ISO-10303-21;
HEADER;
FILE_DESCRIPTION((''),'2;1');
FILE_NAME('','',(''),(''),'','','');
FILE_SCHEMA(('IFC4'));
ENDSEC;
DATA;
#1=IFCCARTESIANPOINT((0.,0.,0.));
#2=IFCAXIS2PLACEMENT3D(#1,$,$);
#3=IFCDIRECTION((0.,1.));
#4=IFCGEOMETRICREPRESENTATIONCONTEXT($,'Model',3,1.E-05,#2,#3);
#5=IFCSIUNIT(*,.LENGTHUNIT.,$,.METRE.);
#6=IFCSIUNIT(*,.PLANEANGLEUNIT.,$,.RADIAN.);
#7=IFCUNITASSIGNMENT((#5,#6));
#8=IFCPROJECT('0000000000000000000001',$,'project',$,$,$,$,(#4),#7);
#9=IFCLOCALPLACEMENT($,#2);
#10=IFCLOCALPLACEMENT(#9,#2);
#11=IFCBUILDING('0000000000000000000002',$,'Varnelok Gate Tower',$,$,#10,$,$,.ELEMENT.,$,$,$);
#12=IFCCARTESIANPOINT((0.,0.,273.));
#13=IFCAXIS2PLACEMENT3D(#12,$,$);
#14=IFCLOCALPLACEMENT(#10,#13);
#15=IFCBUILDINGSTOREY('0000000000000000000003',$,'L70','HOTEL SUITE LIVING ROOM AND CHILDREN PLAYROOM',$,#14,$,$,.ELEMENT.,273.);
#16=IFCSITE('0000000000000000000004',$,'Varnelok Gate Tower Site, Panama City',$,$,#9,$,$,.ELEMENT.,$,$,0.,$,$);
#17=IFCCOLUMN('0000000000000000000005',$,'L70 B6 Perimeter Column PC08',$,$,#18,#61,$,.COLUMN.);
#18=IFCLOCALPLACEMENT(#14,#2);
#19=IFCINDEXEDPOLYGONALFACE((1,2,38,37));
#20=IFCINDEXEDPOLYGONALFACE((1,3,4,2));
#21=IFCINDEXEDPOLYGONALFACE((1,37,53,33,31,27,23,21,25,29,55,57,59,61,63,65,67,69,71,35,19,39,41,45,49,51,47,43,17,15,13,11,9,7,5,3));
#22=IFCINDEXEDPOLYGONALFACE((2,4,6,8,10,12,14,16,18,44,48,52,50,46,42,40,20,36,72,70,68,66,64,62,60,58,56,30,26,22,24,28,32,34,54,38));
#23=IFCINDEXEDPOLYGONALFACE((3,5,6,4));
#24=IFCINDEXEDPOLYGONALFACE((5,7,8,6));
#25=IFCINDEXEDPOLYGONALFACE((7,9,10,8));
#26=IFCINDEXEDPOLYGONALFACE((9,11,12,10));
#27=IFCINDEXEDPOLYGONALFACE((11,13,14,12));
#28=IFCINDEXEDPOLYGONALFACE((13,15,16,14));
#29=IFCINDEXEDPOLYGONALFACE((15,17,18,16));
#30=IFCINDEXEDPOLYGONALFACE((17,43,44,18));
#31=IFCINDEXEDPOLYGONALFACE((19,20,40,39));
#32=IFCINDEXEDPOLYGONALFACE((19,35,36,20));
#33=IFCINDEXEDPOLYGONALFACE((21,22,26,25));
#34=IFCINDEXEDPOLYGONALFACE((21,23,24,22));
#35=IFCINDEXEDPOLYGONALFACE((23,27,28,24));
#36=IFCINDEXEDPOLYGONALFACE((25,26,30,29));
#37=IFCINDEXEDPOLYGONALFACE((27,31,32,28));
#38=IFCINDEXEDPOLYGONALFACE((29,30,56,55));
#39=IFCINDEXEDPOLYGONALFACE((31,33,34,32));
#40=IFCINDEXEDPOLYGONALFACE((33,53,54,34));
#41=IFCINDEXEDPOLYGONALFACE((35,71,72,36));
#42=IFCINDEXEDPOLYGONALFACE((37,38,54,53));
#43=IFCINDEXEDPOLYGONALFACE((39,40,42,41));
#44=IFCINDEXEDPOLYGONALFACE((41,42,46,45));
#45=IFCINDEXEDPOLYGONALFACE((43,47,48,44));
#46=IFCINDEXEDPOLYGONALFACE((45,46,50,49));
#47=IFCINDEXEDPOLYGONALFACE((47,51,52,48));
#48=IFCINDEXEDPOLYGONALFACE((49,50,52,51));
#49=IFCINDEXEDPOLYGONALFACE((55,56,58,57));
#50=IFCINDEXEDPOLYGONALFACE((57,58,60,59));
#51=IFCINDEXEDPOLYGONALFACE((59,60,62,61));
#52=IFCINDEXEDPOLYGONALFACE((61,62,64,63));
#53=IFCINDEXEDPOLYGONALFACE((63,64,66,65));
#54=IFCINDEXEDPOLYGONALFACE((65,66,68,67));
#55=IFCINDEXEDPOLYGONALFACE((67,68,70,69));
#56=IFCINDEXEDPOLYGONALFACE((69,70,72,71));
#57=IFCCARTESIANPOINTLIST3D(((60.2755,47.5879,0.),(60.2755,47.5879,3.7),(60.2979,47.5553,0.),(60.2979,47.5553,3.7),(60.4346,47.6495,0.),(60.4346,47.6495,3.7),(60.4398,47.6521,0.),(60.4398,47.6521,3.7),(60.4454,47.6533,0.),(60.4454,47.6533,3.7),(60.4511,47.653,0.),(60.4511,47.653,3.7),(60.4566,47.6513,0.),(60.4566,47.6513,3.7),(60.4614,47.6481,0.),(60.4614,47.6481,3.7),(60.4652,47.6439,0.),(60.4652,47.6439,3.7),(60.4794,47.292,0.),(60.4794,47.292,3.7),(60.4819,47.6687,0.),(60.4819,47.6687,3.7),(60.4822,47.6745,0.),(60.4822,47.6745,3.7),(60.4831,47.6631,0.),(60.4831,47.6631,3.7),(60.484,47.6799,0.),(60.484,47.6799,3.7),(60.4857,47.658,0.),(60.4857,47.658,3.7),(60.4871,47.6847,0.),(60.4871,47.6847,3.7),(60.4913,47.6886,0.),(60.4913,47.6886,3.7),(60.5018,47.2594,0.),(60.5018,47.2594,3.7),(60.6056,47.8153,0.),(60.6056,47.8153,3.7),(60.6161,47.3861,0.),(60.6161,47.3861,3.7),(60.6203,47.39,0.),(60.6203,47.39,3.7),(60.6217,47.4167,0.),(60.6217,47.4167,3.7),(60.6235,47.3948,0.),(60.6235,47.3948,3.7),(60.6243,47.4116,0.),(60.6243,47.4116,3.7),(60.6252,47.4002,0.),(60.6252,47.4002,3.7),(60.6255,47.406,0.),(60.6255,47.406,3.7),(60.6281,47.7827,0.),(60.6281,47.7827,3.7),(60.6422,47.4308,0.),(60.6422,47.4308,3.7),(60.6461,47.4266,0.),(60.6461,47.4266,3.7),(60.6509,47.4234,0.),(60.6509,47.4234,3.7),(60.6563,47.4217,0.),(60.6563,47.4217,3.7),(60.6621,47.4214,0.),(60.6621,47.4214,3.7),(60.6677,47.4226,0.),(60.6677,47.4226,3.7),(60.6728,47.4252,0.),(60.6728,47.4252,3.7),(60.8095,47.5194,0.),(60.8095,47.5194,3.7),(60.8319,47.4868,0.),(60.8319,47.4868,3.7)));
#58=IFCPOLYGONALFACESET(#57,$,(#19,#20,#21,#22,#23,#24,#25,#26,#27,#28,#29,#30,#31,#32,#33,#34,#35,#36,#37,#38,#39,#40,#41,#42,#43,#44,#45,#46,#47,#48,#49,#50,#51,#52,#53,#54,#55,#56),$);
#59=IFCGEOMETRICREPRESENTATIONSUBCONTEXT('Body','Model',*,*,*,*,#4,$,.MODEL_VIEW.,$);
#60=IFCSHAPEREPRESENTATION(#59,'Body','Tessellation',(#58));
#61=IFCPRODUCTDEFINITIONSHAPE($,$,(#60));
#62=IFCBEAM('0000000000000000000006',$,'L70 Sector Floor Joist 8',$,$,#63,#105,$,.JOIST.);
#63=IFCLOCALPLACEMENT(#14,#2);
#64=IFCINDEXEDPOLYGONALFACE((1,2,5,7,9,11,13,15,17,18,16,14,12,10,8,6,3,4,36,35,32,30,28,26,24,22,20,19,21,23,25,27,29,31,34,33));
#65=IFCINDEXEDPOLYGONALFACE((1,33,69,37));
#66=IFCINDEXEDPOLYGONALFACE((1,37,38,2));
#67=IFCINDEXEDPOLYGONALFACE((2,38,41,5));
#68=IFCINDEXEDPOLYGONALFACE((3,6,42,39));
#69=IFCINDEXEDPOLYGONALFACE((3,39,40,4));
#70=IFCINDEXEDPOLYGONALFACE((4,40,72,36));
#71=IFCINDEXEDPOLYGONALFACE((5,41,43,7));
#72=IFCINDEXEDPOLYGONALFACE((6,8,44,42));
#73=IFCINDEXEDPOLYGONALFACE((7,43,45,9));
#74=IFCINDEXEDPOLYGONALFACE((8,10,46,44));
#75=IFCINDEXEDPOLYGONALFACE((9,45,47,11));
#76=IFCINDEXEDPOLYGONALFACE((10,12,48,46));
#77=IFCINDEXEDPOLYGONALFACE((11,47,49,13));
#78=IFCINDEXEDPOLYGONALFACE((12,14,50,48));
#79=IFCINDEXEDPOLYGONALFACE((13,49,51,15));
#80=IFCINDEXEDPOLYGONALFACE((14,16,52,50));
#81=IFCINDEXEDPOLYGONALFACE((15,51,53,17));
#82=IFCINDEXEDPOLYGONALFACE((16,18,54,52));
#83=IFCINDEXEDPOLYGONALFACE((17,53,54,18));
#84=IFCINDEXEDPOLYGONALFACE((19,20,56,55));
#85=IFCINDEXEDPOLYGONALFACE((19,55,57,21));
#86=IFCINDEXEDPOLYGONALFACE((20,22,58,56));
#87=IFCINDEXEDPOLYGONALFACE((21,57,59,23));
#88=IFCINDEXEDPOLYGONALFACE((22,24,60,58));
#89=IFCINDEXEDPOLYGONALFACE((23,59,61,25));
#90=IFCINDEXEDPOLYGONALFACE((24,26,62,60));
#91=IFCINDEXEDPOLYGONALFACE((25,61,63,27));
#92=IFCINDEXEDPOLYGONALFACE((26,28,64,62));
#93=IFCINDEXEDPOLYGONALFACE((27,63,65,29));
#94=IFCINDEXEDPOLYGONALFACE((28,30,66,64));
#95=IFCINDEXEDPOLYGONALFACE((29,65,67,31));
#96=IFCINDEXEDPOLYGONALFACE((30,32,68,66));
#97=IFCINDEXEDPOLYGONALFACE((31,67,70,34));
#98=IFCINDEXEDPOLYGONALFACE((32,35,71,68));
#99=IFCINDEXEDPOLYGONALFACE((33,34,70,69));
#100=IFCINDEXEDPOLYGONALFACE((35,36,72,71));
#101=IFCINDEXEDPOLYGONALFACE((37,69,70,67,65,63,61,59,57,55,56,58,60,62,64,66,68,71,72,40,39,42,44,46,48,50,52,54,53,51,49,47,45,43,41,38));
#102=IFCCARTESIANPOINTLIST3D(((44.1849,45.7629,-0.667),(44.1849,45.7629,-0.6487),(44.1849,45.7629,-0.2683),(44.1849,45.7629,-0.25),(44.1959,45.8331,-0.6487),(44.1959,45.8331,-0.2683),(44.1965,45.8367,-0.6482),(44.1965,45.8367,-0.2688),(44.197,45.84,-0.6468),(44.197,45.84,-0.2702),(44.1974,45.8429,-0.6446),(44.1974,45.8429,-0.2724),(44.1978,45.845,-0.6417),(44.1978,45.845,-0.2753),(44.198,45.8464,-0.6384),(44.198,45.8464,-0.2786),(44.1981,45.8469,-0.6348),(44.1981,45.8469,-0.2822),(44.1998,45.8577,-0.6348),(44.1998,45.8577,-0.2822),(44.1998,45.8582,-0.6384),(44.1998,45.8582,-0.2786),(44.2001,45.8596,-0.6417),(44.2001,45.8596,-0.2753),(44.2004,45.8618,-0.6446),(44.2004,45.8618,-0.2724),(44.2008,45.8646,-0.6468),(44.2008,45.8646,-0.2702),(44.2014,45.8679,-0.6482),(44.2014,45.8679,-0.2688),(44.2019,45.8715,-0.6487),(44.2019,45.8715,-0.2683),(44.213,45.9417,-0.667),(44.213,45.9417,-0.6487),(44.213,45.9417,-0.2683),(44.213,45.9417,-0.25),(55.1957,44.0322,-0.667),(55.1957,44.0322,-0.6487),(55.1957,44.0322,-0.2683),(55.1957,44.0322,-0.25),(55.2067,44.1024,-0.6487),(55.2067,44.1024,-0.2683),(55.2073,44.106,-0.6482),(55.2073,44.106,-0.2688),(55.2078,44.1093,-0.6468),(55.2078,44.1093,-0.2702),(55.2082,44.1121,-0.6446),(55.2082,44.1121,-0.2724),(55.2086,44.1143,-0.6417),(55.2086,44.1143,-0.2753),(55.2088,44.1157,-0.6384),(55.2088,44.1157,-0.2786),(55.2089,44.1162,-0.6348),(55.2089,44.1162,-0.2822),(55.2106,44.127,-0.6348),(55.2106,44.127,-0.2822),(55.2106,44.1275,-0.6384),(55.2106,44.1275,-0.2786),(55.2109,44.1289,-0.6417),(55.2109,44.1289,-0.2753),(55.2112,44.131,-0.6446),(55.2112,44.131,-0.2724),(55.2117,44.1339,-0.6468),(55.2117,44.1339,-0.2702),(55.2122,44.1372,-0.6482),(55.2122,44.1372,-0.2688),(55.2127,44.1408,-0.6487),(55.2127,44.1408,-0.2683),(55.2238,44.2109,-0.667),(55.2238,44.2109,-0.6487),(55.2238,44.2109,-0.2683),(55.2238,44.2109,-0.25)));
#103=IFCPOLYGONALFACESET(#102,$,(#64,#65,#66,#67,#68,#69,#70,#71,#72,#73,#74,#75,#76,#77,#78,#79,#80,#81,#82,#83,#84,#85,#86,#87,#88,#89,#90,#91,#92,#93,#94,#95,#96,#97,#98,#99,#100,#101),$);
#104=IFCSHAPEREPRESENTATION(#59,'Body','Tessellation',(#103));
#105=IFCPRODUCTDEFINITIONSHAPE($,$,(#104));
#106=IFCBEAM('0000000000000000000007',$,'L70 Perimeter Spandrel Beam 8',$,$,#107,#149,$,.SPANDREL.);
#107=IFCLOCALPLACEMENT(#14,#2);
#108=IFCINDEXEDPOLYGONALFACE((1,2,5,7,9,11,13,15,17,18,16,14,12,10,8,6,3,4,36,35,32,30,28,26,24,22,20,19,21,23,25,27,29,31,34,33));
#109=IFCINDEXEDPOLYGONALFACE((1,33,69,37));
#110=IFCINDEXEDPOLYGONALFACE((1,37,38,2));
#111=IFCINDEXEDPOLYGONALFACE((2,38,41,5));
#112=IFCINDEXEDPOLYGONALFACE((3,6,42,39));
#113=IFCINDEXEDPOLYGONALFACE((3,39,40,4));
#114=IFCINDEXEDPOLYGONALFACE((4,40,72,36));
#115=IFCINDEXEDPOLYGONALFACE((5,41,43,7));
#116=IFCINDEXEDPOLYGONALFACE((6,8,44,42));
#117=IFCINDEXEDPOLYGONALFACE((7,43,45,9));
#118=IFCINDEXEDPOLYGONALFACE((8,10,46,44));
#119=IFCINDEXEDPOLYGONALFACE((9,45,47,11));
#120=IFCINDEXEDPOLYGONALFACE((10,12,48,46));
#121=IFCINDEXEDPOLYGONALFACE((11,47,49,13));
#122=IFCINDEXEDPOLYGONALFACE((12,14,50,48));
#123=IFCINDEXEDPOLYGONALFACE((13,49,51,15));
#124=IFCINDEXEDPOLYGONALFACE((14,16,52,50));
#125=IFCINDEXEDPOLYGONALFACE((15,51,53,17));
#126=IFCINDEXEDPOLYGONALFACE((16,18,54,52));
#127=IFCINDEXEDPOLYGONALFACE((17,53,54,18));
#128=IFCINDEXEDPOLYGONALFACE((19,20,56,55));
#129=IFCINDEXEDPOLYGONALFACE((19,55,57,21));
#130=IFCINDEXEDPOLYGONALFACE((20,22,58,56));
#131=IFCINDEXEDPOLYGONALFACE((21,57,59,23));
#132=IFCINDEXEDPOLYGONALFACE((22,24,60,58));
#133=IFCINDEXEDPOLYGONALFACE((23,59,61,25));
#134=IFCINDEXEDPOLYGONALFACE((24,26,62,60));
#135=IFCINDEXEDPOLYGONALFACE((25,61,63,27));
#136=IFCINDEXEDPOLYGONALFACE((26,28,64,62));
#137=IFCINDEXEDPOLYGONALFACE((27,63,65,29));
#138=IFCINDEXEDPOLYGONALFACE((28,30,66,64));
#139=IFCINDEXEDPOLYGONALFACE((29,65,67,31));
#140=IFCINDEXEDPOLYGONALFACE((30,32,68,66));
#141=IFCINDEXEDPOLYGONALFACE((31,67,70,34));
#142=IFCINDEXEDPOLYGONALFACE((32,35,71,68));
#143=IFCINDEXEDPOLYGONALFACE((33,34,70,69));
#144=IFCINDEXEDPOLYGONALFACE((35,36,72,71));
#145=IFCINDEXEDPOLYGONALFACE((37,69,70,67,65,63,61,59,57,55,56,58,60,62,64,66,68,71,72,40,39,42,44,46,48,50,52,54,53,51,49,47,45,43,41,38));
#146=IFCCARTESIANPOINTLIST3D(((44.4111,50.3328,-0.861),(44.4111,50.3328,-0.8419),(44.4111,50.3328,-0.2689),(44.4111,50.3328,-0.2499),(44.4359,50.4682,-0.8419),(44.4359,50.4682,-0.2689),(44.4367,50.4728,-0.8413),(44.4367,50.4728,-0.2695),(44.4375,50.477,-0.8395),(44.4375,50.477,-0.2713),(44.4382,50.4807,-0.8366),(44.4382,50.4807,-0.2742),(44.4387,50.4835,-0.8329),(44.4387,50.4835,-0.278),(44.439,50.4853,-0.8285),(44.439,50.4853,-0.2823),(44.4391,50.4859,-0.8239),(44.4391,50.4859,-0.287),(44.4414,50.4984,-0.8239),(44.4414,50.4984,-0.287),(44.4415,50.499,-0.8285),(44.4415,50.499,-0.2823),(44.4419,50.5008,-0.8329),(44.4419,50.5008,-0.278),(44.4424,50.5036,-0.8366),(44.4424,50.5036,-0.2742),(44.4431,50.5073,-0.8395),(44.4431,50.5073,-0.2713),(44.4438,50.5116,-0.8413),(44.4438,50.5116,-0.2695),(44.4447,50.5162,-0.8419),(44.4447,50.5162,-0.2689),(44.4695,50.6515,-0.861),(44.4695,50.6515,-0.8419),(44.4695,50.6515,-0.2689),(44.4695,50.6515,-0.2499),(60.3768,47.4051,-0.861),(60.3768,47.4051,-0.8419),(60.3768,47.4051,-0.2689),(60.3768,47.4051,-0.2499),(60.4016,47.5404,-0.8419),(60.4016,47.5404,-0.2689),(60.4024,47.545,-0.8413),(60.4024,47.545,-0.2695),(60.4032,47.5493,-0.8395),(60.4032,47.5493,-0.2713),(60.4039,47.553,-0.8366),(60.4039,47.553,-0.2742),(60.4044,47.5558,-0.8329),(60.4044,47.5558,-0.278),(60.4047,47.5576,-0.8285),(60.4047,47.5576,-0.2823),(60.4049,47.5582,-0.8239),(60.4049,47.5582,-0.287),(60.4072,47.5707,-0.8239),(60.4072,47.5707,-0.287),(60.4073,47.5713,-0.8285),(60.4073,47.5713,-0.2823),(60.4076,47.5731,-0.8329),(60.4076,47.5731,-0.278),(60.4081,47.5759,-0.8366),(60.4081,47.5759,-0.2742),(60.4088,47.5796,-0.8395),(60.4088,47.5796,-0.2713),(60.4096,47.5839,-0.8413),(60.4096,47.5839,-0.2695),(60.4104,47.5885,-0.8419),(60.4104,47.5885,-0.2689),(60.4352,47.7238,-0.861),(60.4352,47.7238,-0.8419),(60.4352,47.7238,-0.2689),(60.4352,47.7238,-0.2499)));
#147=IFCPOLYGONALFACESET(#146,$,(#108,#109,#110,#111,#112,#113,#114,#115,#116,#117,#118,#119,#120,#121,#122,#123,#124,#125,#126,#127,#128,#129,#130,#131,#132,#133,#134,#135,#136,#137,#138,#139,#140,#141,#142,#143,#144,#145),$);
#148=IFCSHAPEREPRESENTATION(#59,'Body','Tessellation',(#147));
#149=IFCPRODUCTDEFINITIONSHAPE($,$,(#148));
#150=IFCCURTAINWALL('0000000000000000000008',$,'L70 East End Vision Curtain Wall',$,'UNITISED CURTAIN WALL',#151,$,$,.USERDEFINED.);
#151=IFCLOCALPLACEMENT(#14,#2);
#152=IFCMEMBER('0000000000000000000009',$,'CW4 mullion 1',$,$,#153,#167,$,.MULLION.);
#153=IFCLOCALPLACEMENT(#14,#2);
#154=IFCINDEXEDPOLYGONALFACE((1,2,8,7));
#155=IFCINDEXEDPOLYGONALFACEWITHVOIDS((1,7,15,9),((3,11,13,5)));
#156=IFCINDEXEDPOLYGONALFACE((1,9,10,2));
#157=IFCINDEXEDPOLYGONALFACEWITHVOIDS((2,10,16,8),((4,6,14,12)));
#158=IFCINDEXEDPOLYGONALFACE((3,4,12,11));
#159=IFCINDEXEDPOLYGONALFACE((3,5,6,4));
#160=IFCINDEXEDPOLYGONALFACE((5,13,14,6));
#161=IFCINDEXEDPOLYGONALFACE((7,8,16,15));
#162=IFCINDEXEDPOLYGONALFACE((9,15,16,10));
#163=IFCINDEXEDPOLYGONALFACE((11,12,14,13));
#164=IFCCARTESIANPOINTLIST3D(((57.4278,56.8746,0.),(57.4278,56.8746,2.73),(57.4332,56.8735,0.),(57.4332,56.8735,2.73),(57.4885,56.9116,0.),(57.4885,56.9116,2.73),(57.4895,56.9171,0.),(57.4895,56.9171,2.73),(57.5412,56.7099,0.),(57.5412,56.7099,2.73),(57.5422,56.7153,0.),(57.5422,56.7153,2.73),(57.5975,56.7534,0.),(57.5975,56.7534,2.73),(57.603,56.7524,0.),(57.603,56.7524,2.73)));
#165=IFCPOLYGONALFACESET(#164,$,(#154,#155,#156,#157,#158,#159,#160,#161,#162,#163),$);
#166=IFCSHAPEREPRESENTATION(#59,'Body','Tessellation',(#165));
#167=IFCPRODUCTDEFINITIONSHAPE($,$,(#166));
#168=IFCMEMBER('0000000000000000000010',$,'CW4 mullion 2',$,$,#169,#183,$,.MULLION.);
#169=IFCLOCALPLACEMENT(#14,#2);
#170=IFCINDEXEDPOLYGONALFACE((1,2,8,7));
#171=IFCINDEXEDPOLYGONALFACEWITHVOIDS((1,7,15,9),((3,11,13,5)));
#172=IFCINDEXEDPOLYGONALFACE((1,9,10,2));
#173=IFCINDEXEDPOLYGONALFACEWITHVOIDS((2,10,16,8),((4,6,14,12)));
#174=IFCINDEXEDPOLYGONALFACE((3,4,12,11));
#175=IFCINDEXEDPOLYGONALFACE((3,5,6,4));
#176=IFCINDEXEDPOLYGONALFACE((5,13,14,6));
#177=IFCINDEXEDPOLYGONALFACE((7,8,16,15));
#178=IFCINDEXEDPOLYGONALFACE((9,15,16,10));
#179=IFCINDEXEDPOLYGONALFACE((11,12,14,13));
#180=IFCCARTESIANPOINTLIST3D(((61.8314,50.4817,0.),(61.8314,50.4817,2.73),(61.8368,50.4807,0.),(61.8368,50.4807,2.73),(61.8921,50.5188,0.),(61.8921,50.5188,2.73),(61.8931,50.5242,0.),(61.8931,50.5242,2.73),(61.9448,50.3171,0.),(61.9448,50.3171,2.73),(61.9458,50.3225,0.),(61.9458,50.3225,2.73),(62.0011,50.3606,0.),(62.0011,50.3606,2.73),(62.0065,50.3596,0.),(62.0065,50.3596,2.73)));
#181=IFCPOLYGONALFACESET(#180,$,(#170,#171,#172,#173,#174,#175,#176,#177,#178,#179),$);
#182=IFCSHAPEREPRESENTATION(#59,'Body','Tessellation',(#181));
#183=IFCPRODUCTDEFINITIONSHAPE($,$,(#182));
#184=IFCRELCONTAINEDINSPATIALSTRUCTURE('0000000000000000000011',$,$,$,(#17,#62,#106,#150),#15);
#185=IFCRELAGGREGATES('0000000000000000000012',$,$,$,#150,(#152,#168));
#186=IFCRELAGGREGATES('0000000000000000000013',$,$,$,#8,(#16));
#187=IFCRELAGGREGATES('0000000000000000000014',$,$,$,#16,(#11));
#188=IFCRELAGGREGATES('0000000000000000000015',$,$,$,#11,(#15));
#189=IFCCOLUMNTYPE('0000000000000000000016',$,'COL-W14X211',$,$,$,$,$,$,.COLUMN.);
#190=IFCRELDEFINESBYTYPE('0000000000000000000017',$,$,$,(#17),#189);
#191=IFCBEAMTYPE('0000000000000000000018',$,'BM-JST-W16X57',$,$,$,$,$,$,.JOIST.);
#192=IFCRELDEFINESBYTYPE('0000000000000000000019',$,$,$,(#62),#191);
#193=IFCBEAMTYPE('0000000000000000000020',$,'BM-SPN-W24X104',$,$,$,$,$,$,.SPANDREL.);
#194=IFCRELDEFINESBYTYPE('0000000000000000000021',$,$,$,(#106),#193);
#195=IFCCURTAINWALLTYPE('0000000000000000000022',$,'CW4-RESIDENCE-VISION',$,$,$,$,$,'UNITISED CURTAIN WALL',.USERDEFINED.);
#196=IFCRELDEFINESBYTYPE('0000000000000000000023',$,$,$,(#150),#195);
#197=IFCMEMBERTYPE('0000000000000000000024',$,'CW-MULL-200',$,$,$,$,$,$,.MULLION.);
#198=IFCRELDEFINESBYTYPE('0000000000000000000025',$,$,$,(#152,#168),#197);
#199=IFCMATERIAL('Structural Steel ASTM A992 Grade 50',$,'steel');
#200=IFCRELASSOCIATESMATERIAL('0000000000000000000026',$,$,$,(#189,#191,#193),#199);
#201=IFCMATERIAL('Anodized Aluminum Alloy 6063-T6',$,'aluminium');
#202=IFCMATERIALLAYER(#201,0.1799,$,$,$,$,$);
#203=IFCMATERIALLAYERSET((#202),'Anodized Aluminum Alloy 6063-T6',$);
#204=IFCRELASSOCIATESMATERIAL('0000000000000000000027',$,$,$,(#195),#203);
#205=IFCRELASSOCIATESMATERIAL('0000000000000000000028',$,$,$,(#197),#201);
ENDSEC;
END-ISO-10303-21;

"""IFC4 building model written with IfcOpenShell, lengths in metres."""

from ifc_helpers import new_model, si_unit, direction, frame, origin, origin_2d, place, context, subcontext, project, spatial, hollow_rectangle, i_section, extrude, material, layer, layer_set, material_profile, profile_set, type_object, element, aggregate, save


model = new_model("IFC4")

# Units and contexts
model_context = context("Model", 3, precision=1e-05, world=origin(), true_north=direction((0.0, 1.0)))
body_context = subcontext(model_context, "Body", "Model", "MODEL_VIEW")
ifc_project = project(units=[si_unit("LENGTHUNIT", "METRE"), si_unit("PLANEANGLEUNIT", "RADIAN")], contexts=[model_context])

# Site, building, storey
site_placement = place(None, origin())
site = spatial("IfcSite", under=ifc_project, at=site_placement, Name="Varnelok Gate Tower Site, Panama City", CompositionType="ELEMENT", RefElevation=0.0)
building_placement = place(site_placement, origin())
building = spatial("IfcBuilding", under=site, at=building_placement, Name="Varnelok Gate Tower", CompositionType="ELEMENT")
storey_placement = place(building_placement, frame((0.0, 0.0, 273.0)))
storey = spatial("IfcBuildingStorey", under=building, at=storey_placement, Name="L70", Description="HOTEL SUITE LIVING ROOM AND CHILDREN PLAYROOM", CompositionType="ELEMENT", Elevation=273.0)

# Column
ifc_material_1 = material(Name="Structural Steel ASTM A992 Grade 50", Category="steel")
ifc_material_profile_1 = material_profile(ifc_material_1, i_section(OverallWidth=0.4009, OverallDepth=0.3989, WebThickness=0.0249, FlangeThickness=0.0396, FilletRadius=0.022, at=origin_2d()), Name="W14X211")
ifc_profile_set_1 = profile_set([ifc_material_profile_1], Name="Structural Steel ASTM A992 Grade 50")
column_type = type_object("IfcColumnType", Name="COL-W14X211", PredefinedType="COLUMN", material=ifc_profile_set_1)
column_placement = place(storey_placement, frame((60.5537, 47.5374, 0.0), z_axis=(0.0, 0.0, 1.0), x_axis=(0.823533, 0.567269, 0.0)))
element("IfcColumn", 1, at=column_placement, inside=storey, type_object=column_type, Name="L70 B6 Perimeter Column PC08", PredefinedType="COLUMN", context=body_context, shape_type="SweptSolid", body=[
    extrude(i_section(OverallWidth=0.4009, OverallDepth=0.3989, WebThickness=0.0249, FlangeThickness=0.0396, FilletRadius=0.022, at=origin_2d()), origin(), (0.0, 0.0, 1.0), 3.7),
])

# Beams
ifc_material_profile_2 = material_profile(ifc_material_1, i_section(OverallWidth=0.1809, OverallDepth=0.417, WebThickness=0.011, FlangeThickness=0.0183, FilletRadius=0.0139, at=origin_2d()), Name="W16X57")
ifc_profile_set_2 = profile_set([ifc_material_profile_2], Name="Structural Steel ASTM A992 Grade 50")
beam_type_1 = type_object("IfcBeamType", Name="BM-JST-W16X57", PredefinedType="JOIST", material=ifc_profile_set_2)
beam_1_placement = place(storey_placement, frame((55.2097, 44.1216, -0.4585), z_axis=(-0.987871, 0.155278, 0.0), x_axis=(-0.155278, -0.987871, 0.0)))
element("IfcBeam", 2, at=beam_1_placement, inside=storey, type_object=beam_type_1, Name="L70 Sector Floor Joist 8", PredefinedType="JOIST", context=body_context, shape_type="SweptSolid", body=[
    extrude(i_section(OverallWidth=0.1809, OverallDepth=0.417, WebThickness=0.011, FlangeThickness=0.0183, FilletRadius=0.0139, at=origin_2d()), origin(), (0.0, 0.0, 1.0), 11.146),
])
ifc_material_profile_3 = material_profile(ifc_material_1, i_section(OverallWidth=0.324, OverallDepth=0.6111, WebThickness=0.0127, FlangeThickness=0.019, FilletRadius=0.0181, at=origin_2d()), Name="W24X104")
ifc_profile_set_3 = profile_set([ifc_material_profile_3], Name="Structural Steel ASTM A992 Grade 50")
beam_type_2 = type_object("IfcBeamType", Name="BM-SPN-W24X104", PredefinedType="SPANDREL", material=ifc_profile_set_3)
beam_2_placement = place(storey_placement, frame((60.406, 47.5645, -0.5554), z_axis=(-0.983599, 0.180368, 0.0), x_axis=(-0.180368, -0.983599, 0.0)))
element("IfcBeam", 3, at=beam_2_placement, inside=storey, type_object=beam_type_2, Name="L70 Perimeter Spandrel Beam 8", PredefinedType="SPANDREL", context=body_context, shape_type="SweptSolid", body=[
    extrude(i_section(OverallWidth=0.324, OverallDepth=0.6111, WebThickness=0.0127, FlangeThickness=0.019, FilletRadius=0.0181, at=origin_2d()), origin(), (0.0, 0.0, 1.0), 16.2319),
])

# Curtain wall, members
ifc_material_2 = material(Name="Anodized Aluminum Alloy 6063-T6", Category="aluminium")
ifc_layer_1 = layer(ifc_material_2, 0.1799)
ifc_layer_set_1 = layer_set([ifc_layer_1], Name="Anodized Aluminum Alloy 6063-T6")
curtain_wall_type = type_object("IfcCurtainWallType", Name="CW4-RESIDENCE-VISION", ElementType="UNITISED CURTAIN WALL", PredefinedType="USERDEFINED", material=ifc_layer_set_1)
curtain_wall_placement = place(storey_placement, origin())
curtain_wall = element("IfcCurtainWall", 4, at=curtain_wall_placement, inside=storey, type_object=curtain_wall_type, Name="L70 East End Vision Curtain Wall", ObjectType="UNITISED CURTAIN WALL", PredefinedType="USERDEFINED")
ifc_material_profile_4 = material_profile(ifc_material_2, hollow_rectangle(XDim=0.075, YDim=0.2, WallThickness=0.0039, at=origin_2d()), Name="ALU200X75X4")
ifc_profile_set_4 = profile_set([ifc_material_profile_4], Name="Anodized Aluminum Alloy 6063-T6")
member_type_1 = type_object("IfcMemberType", Name="CW-MULL-200", PredefinedType="MULLION", material=ifc_profile_set_4)
member_1_placement = place(storey_placement, frame((57.5154, 56.8135, 0.0), z_axis=(0.0, 0.0, 1.0), x_axis=(0.823532, 0.567269, 0.0)))
member_1 = element("IfcMember", 5, at=member_1_placement, type_object=member_type_1, Name="CW4 mullion 1", PredefinedType="MULLION", context=body_context, shape_type="SweptSolid", body=[
    extrude(hollow_rectangle(XDim=0.075, YDim=0.2, WallThickness=0.0039, at=origin_2d()), origin(), (0.0, 0.0, 1.0), 2.73),
])
member_2_placement = place(storey_placement, frame((61.9189, 50.4207, 0.0), z_axis=(0.0, 0.0, 1.0), x_axis=(0.823532, 0.567269, 0.0)))
member_2 = element("IfcMember", 6, at=member_2_placement, type_object=member_type_1, Name="CW4 mullion 2", PredefinedType="MULLION", context=body_context, shape_type="SweptSolid", body=[
    extrude(hollow_rectangle(XDim=0.075, YDim=0.2, WallThickness=0.0039, at=origin_2d()), origin(), (0.0, 0.0, 1.0), 2.73),
])
aggregate(curtain_wall, [member_1, member_2])

save(model, "model.ifc")
